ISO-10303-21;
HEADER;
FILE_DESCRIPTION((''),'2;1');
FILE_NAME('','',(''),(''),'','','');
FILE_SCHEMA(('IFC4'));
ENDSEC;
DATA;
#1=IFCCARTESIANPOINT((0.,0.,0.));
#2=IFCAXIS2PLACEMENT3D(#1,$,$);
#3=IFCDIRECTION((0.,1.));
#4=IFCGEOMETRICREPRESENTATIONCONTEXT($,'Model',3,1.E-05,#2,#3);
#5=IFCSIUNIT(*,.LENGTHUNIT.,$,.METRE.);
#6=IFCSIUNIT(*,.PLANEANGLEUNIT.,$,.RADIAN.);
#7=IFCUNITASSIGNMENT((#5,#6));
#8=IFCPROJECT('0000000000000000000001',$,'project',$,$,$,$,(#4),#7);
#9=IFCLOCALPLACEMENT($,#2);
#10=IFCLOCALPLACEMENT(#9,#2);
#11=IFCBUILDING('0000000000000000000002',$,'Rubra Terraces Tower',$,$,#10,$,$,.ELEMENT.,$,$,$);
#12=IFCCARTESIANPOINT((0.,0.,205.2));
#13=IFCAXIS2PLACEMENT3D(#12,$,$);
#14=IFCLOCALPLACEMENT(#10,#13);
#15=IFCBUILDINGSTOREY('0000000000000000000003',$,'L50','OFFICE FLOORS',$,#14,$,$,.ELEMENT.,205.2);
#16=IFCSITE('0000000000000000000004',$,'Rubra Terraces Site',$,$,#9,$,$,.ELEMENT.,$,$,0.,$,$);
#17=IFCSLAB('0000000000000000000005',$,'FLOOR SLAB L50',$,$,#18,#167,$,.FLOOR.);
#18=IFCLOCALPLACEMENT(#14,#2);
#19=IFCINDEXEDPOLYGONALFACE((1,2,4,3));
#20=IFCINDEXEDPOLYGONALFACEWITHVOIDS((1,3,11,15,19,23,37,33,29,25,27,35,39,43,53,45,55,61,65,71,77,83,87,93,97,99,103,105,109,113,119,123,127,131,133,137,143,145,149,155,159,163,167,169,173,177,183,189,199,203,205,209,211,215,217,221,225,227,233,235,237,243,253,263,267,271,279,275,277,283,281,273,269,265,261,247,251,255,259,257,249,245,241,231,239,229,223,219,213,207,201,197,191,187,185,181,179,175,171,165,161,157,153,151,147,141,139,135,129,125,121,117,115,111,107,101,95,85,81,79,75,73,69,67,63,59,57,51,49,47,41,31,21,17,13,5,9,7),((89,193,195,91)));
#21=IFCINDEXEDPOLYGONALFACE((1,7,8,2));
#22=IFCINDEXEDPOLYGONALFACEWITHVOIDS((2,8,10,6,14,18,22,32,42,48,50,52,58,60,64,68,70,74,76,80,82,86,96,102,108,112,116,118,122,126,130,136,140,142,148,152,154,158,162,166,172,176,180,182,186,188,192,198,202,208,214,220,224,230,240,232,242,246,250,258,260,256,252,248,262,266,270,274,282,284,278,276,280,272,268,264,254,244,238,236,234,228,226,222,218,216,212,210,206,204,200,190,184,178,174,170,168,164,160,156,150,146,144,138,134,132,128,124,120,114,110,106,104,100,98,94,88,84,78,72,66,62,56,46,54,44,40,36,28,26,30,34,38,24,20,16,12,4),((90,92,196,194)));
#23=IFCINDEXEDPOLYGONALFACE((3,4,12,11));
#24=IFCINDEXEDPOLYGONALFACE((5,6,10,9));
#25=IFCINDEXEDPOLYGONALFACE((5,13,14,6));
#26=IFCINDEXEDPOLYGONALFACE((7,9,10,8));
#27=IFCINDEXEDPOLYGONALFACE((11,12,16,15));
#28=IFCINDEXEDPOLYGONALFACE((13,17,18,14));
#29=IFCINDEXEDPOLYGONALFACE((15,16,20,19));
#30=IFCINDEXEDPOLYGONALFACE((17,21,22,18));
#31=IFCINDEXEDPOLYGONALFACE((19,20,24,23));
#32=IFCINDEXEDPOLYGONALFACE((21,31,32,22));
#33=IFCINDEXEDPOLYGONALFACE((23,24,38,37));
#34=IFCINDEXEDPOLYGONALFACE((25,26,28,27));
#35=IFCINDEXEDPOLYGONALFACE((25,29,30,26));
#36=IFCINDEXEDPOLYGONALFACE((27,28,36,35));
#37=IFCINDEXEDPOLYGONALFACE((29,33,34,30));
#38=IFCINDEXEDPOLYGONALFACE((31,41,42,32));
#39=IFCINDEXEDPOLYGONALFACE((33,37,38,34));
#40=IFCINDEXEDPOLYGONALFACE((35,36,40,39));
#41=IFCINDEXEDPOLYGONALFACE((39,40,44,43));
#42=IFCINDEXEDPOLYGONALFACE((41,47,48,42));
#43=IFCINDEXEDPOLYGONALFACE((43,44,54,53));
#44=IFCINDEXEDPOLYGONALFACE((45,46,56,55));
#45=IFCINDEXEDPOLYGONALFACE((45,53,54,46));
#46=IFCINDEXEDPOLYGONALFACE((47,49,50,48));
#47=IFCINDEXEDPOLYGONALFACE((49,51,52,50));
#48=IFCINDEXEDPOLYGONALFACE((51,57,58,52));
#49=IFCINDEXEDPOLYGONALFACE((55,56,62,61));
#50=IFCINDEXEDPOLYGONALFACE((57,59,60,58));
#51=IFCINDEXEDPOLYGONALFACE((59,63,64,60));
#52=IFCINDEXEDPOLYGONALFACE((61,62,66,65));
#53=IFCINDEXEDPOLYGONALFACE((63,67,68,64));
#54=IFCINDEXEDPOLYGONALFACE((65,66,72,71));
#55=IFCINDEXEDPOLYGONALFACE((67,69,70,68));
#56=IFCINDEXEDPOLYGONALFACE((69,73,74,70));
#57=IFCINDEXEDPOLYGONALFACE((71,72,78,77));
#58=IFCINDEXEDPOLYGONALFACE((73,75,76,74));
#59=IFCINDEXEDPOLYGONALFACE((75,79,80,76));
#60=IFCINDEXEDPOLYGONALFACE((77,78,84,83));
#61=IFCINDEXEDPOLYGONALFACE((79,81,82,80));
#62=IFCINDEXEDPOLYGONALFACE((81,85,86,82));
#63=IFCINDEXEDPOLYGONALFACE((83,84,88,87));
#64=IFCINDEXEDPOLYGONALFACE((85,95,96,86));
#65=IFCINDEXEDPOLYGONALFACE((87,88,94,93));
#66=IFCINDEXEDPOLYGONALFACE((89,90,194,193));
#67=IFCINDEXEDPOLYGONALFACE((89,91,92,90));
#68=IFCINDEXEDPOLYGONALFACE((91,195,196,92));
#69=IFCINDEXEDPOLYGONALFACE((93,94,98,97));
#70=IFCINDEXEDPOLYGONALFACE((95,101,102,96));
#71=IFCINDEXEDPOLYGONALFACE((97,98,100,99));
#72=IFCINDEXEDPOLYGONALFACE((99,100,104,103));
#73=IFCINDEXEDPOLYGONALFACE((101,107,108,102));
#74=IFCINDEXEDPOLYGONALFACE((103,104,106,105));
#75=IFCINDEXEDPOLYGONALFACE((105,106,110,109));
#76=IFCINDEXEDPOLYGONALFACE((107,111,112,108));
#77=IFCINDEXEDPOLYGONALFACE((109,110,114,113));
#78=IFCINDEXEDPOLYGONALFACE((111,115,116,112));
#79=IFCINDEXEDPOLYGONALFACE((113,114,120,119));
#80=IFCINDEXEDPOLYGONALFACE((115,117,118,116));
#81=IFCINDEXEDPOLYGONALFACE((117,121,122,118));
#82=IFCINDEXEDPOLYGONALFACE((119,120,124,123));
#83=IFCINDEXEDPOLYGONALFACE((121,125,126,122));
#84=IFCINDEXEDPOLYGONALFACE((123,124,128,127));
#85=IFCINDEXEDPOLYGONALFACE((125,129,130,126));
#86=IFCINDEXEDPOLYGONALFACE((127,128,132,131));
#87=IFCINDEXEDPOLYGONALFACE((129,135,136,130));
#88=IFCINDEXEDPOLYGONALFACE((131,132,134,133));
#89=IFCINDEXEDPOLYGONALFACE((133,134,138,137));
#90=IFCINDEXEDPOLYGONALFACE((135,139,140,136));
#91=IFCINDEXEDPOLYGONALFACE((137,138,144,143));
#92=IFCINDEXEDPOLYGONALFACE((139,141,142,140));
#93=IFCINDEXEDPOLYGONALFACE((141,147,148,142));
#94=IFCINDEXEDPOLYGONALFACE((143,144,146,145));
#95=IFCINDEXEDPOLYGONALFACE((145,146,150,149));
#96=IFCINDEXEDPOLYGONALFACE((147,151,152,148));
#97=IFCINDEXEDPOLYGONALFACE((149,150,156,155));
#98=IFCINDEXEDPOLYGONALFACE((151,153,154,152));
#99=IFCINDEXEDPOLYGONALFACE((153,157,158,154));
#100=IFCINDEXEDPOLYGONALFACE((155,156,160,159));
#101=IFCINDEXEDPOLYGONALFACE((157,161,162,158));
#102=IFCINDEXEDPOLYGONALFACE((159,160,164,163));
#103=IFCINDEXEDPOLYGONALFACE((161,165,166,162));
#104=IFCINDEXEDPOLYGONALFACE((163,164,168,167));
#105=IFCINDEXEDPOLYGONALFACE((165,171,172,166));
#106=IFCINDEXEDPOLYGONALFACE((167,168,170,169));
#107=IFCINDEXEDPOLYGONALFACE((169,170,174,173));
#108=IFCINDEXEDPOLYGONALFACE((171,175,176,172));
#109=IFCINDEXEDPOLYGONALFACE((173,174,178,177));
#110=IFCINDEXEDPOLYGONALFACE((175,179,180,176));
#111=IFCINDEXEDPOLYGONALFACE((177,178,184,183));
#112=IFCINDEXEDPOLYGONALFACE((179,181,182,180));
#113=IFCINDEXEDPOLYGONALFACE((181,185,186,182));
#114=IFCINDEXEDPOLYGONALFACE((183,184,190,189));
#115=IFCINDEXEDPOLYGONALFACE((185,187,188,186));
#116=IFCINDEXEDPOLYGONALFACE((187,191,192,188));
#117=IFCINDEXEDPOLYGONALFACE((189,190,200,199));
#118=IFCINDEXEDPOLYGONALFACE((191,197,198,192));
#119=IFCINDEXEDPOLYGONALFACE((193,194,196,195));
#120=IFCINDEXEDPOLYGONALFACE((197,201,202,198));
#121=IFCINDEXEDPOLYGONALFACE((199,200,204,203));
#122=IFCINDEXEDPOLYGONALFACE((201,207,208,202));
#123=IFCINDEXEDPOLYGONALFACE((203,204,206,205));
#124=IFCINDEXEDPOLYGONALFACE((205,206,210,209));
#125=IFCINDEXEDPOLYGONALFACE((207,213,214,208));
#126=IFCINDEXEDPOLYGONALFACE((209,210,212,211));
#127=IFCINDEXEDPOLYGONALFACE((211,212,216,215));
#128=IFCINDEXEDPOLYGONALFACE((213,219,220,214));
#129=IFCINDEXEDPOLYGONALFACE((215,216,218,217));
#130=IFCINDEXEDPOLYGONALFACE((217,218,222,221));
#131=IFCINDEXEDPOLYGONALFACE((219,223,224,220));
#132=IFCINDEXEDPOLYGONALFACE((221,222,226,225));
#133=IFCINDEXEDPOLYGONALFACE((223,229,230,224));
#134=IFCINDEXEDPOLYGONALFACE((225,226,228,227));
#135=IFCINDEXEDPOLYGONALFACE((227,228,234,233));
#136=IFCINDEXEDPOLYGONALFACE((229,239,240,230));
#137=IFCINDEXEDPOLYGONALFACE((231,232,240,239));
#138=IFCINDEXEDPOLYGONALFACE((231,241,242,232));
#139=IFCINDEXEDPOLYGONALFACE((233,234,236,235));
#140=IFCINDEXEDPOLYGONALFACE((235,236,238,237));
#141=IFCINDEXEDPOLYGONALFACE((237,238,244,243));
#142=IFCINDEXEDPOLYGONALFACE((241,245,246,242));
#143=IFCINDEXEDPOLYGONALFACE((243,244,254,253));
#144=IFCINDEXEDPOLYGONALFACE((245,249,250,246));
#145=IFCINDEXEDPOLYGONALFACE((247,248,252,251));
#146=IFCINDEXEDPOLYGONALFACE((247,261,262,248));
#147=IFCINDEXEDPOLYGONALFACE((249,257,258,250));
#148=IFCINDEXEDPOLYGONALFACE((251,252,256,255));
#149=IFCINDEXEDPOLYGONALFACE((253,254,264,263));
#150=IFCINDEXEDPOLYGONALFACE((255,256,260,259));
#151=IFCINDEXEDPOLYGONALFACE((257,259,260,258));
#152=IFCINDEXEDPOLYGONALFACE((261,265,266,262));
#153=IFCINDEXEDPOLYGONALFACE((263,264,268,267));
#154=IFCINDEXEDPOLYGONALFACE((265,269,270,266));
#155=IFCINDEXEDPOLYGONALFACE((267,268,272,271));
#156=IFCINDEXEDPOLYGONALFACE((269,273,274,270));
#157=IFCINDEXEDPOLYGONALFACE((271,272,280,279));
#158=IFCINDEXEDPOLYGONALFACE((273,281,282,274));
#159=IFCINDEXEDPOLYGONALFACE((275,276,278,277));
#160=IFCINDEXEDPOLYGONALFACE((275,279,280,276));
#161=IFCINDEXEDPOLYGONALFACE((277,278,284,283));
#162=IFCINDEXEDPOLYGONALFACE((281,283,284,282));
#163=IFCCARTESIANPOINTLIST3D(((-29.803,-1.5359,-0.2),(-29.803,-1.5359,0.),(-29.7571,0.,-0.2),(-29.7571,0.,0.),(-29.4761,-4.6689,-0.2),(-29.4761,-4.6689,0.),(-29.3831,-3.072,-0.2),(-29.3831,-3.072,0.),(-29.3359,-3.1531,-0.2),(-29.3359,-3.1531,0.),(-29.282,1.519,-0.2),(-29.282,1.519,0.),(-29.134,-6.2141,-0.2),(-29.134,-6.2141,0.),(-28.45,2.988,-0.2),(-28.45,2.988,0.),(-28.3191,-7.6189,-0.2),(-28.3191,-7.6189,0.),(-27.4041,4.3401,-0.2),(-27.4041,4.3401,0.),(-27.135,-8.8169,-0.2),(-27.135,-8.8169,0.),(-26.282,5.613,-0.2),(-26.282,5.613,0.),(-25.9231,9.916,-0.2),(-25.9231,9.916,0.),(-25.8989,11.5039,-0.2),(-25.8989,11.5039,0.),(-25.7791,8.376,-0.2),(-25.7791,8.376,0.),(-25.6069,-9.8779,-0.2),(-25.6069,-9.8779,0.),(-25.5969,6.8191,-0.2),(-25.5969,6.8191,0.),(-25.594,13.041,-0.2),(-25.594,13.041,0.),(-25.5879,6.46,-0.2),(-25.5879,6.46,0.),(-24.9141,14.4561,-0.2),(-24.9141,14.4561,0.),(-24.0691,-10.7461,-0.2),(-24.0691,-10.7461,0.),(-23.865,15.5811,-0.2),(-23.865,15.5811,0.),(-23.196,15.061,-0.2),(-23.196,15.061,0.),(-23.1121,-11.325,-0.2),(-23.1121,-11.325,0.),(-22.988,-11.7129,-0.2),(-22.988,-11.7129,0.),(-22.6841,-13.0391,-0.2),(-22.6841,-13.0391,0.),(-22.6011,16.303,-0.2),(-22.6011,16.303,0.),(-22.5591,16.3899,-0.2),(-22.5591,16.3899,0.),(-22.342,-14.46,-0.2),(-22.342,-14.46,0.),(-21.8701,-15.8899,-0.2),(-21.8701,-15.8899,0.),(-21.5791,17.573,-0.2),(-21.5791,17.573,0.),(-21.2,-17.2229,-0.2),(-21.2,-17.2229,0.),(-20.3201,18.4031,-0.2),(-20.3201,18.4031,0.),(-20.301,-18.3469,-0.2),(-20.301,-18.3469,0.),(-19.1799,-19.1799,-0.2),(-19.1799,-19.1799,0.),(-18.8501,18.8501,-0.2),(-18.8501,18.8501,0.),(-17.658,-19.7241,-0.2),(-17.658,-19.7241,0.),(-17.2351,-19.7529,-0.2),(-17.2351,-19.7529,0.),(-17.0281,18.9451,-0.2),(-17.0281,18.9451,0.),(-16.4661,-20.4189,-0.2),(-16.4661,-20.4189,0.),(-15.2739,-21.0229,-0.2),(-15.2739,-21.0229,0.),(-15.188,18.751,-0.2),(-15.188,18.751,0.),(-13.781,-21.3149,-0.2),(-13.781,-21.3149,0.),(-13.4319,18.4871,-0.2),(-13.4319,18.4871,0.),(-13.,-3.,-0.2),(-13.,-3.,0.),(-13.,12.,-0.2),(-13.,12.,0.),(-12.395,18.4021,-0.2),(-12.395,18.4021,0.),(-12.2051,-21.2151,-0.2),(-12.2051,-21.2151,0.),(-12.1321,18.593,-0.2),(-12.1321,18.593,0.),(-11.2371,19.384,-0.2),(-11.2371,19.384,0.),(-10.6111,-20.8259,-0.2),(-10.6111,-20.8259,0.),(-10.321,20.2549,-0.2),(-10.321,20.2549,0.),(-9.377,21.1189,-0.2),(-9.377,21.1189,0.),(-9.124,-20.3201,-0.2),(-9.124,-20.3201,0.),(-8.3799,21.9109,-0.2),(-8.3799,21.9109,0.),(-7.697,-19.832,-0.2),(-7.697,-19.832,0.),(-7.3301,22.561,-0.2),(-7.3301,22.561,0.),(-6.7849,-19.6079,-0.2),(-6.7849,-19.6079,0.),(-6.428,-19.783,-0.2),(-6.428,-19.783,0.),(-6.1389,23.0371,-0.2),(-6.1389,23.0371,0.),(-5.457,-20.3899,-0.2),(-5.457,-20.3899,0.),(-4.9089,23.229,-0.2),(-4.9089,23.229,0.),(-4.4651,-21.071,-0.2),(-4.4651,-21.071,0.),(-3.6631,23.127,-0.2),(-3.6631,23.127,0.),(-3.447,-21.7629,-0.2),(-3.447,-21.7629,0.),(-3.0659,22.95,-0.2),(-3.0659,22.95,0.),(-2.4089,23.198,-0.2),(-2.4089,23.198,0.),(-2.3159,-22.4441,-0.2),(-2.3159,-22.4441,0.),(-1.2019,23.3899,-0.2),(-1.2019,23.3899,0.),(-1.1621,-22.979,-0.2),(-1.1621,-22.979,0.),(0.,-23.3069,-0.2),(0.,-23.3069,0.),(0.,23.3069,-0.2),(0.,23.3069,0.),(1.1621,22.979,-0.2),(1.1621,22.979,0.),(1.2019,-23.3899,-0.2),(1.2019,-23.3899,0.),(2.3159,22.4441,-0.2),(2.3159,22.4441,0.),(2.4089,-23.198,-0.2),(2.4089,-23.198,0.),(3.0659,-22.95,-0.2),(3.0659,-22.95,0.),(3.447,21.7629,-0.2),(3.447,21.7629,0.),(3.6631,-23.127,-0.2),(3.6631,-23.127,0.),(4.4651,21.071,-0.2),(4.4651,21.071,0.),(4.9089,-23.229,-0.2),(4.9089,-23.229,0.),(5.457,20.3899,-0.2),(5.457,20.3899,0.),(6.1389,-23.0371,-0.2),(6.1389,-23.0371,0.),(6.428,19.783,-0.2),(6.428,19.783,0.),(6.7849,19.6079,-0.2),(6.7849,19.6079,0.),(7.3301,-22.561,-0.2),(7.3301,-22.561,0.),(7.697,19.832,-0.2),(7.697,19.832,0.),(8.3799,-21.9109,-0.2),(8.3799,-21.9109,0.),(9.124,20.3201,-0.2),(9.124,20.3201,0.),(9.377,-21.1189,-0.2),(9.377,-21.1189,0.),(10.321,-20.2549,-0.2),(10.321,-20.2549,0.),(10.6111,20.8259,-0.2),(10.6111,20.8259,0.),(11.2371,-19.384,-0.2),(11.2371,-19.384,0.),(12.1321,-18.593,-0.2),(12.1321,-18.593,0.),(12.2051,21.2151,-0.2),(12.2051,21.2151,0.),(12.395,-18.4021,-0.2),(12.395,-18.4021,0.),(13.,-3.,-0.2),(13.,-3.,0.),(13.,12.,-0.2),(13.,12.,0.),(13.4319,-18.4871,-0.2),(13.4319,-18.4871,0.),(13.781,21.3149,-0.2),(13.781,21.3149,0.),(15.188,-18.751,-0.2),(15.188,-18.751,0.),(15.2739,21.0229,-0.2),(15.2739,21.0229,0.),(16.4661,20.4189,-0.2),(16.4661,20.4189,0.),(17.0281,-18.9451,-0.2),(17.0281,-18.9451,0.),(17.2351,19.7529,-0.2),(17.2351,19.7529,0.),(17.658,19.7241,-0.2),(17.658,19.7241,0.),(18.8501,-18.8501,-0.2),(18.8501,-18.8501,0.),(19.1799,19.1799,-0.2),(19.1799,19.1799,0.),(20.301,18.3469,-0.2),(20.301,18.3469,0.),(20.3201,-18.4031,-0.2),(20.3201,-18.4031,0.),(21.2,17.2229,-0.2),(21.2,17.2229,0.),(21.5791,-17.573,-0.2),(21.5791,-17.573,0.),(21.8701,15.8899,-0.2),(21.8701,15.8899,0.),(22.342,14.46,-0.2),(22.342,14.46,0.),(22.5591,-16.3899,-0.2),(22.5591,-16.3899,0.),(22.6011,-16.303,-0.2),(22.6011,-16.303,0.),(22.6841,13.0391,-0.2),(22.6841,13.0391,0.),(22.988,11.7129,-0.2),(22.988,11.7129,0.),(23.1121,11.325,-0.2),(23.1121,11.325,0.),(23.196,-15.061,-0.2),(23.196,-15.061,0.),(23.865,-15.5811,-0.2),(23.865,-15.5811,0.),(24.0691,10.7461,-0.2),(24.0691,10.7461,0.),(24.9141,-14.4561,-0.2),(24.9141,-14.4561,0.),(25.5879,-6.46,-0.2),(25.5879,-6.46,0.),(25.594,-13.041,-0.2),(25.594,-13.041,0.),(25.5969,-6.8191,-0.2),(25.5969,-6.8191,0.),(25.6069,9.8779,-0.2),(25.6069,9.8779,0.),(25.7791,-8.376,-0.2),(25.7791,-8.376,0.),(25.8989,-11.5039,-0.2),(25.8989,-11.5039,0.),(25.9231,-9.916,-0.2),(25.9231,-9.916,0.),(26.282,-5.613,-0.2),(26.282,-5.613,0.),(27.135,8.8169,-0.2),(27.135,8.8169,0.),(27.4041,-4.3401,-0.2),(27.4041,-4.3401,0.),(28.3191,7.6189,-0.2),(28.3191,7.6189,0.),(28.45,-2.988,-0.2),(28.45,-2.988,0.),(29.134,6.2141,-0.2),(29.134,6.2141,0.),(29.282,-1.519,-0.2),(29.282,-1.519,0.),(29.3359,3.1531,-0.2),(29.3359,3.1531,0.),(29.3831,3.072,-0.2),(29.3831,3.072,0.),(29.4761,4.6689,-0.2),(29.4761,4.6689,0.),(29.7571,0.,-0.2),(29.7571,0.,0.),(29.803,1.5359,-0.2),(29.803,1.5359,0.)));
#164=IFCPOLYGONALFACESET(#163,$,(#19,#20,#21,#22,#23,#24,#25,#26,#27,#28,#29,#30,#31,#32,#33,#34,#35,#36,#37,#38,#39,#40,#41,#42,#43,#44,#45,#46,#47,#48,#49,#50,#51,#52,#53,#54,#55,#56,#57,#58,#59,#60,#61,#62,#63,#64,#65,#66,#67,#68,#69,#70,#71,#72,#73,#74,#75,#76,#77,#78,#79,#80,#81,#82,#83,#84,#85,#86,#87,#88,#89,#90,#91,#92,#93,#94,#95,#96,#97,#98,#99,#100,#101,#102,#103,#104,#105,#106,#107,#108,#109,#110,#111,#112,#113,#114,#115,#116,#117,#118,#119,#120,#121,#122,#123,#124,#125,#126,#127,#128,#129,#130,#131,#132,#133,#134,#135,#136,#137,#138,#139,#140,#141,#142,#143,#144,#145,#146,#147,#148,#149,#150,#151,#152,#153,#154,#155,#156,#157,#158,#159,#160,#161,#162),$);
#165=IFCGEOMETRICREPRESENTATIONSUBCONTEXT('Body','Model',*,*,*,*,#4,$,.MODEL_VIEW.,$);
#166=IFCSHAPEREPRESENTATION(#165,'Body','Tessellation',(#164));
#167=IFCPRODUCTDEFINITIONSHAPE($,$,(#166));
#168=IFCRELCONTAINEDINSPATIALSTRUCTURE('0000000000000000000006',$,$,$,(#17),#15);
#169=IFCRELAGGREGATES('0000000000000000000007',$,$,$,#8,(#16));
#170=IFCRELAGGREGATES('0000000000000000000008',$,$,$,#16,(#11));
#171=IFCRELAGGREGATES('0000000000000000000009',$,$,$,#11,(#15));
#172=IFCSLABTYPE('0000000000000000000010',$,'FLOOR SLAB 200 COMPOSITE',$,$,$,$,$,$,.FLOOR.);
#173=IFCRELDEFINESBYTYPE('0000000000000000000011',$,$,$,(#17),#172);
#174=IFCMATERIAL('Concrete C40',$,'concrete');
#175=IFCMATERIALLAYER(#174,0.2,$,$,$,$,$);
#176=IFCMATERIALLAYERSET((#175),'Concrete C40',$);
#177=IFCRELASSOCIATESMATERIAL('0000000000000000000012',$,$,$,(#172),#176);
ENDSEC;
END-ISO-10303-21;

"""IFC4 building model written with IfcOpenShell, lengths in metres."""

from ifc_helpers import new_model, si_unit, direction, frame, origin, place, context, subcontext, project, spatial, polyline, outline, extrude, material, layer, layer_set, type_object, element, save


model = new_model("IFC4")

# Units and contexts
model_context = context("Model", 3, precision=1e-05, world=origin(), true_north=direction((0.0, 1.0)))
body_context = subcontext(model_context, "Body", "Model", "MODEL_VIEW")
ifc_project = project(units=[si_unit("LENGTHUNIT", "METRE"), si_unit("PLANEANGLEUNIT", "RADIAN")], contexts=[model_context])

# Site, building, storey
site_placement = place(None, origin())
site = spatial("IfcSite", under=ifc_project, at=site_placement, Name="Rubra Terraces Site", CompositionType="ELEMENT", RefElevation=0.0)
building_placement = place(site_placement, origin())
building = spatial("IfcBuilding", under=site, at=building_placement, Name="Rubra Terraces Tower", CompositionType="ELEMENT")
storey_placement = place(building_placement, frame((0.0, 0.0, 205.2)))
storey = spatial("IfcBuildingStorey", under=building, at=storey_placement, Name="L50", Description="OFFICE FLOORS", CompositionType="ELEMENT", Elevation=205.2)

# Slab
ifc_material_1 = material(Name="Concrete C40", Category="concrete")
ifc_layer_1 = layer(ifc_material_1, 0.2)
ifc_layer_set_1 = layer_set([ifc_layer_1], Name="Concrete C40")
slab_type = type_object("IfcSlabType", Name="FLOOR SLAB 200 COMPOSITE", PredefinedType="FLOOR", material=ifc_layer_set_1)
slab_placement = place(storey_placement, frame((0.0, 0.0, -0.2)))
element("IfcSlab", 1, at=slab_placement, inside=storey, type_object=slab_type, Name="FLOOR SLAB L50", PredefinedType="FLOOR", context=body_context, shape_type="SweptSolid", body=[
    extrude(outline(polyline([(24.0691, 10.7461), (23.1121, 11.325), (22.988, 11.7129), (22.6841, 13.0391), (22.342, 14.46), (21.8701, 15.8899), (21.2, 17.2229), (20.301, 18.3469), (19.1799, 19.1799), (17.658, 19.7241), (17.2351, 19.7529), (16.4661, 20.4189), (15.2739, 21.0229), (13.781, 21.3149), (12.2051, 21.2151), (10.6111, 20.8259), (9.124, 20.3201), (7.697, 19.832), (6.7849, 19.6079), (6.428, 19.783), (5.457, 20.3899), (4.4651, 21.071), (3.447, 21.7629), (2.3159, 22.4441), (1.1621, 22.979), (0.0, 23.3069), (-1.2019, 23.3899), (-2.4089, 23.198), (-3.0659, 22.95), (-3.6631, 23.127), (-4.9089, 23.229), (-6.1389, 23.0371), (-7.3301, 22.561), (-8.3799, 21.9109), (-9.377, 21.1189), (-10.321, 20.2549), (-11.2371, 19.384), (-12.1321, 18.593), (-12.395, 18.4021), (-13.4319, 18.4871), (-15.188, 18.751), (-17.0281, 18.9451), (-18.8501, 18.8501), (-20.3201, 18.4031), (-21.5791, 17.573), (-22.5591, 16.3899), (-23.196, 15.061), (-22.6011, 16.303), (-23.865, 15.5811), (-24.9141, 14.4561), (-25.594, 13.041), (-25.8989, 11.5039), (-25.9231, 9.916), (-25.7791, 8.376), (-25.5969, 6.8191), (-25.5879, 6.46), (-26.282, 5.613), (-27.4041, 4.3401), (-28.45, 2.988), (-29.282, 1.519), (-29.7571, 0.0), (-29.803, -1.5359), (-29.3831, -3.072), (-29.3359, -3.1531), (-29.4761, -4.6689), (-29.134, -6.2141), (-28.3191, -7.6189), (-27.135, -8.8169), (-25.6069, -9.8779), (-24.0691, -10.7461), (-23.1121, -11.325), (-22.988, -11.7129), (-22.6841, -13.0391), (-22.342, -14.46), (-21.8701, -15.8899), (-21.2, -17.2229), (-20.301, -18.3469), (-19.1799, -19.1799), (-17.658, -19.7241), (-17.2351, -19.7529), (-16.4661, -20.4189), (-15.2739, -21.0229), (-13.781, -21.3149), (-12.2051, -21.2151), (-10.6111, -20.8259), (-9.124, -20.3201), (-7.697, -19.832), (-6.7849, -19.6079), (-6.428, -19.783), (-5.457, -20.3899), (-4.4651, -21.071), (-3.447, -21.7629), (-2.3159, -22.4441), (-1.1621, -22.979), (0.0, -23.3069), (1.2019, -23.3899), (2.4089, -23.198), (3.0659, -22.95), (3.6631, -23.127), (4.9089, -23.229), (6.1389, -23.0371), (7.3301, -22.561), (8.3799, -21.9109), (9.377, -21.1189), (10.321, -20.2549), (11.2371, -19.384), (12.1321, -18.593), (12.395, -18.4021), (13.4319, -18.4871), (15.188, -18.751), (17.0281, -18.9451), (18.8501, -18.8501), (20.3201, -18.4031), (21.5791, -17.573), (22.5591, -16.3899), (23.196, -15.061), (22.6011, -16.303), (23.865, -15.5811), (24.9141, -14.4561), (25.594, -13.041), (25.8989, -11.5039), (25.9231, -9.916), (25.7791, -8.376), (25.5969, -6.8191), (25.5879, -6.46), (26.282, -5.613), (27.4041, -4.3401), (28.45, -2.988), (29.282, -1.519), (29.7571, 0.0), (29.803, 1.5359), (29.3831, 3.072), (29.3359, 3.1531), (29.4761, 4.6689), (29.134, 6.2141), (28.3191, 7.6189), (27.135, 8.8169), (25.6069, 9.8779), (24.0691, 10.7461)]), holes=[polyline([(13.0, 12.0), (13.0, -3.0), (-13.0, -3.0), (-13.0, 12.0), (13.0, 12.0)])]), origin(), (0.0, 0.0, 1.0), 0.2),
])

save(model, "model.ifc")
